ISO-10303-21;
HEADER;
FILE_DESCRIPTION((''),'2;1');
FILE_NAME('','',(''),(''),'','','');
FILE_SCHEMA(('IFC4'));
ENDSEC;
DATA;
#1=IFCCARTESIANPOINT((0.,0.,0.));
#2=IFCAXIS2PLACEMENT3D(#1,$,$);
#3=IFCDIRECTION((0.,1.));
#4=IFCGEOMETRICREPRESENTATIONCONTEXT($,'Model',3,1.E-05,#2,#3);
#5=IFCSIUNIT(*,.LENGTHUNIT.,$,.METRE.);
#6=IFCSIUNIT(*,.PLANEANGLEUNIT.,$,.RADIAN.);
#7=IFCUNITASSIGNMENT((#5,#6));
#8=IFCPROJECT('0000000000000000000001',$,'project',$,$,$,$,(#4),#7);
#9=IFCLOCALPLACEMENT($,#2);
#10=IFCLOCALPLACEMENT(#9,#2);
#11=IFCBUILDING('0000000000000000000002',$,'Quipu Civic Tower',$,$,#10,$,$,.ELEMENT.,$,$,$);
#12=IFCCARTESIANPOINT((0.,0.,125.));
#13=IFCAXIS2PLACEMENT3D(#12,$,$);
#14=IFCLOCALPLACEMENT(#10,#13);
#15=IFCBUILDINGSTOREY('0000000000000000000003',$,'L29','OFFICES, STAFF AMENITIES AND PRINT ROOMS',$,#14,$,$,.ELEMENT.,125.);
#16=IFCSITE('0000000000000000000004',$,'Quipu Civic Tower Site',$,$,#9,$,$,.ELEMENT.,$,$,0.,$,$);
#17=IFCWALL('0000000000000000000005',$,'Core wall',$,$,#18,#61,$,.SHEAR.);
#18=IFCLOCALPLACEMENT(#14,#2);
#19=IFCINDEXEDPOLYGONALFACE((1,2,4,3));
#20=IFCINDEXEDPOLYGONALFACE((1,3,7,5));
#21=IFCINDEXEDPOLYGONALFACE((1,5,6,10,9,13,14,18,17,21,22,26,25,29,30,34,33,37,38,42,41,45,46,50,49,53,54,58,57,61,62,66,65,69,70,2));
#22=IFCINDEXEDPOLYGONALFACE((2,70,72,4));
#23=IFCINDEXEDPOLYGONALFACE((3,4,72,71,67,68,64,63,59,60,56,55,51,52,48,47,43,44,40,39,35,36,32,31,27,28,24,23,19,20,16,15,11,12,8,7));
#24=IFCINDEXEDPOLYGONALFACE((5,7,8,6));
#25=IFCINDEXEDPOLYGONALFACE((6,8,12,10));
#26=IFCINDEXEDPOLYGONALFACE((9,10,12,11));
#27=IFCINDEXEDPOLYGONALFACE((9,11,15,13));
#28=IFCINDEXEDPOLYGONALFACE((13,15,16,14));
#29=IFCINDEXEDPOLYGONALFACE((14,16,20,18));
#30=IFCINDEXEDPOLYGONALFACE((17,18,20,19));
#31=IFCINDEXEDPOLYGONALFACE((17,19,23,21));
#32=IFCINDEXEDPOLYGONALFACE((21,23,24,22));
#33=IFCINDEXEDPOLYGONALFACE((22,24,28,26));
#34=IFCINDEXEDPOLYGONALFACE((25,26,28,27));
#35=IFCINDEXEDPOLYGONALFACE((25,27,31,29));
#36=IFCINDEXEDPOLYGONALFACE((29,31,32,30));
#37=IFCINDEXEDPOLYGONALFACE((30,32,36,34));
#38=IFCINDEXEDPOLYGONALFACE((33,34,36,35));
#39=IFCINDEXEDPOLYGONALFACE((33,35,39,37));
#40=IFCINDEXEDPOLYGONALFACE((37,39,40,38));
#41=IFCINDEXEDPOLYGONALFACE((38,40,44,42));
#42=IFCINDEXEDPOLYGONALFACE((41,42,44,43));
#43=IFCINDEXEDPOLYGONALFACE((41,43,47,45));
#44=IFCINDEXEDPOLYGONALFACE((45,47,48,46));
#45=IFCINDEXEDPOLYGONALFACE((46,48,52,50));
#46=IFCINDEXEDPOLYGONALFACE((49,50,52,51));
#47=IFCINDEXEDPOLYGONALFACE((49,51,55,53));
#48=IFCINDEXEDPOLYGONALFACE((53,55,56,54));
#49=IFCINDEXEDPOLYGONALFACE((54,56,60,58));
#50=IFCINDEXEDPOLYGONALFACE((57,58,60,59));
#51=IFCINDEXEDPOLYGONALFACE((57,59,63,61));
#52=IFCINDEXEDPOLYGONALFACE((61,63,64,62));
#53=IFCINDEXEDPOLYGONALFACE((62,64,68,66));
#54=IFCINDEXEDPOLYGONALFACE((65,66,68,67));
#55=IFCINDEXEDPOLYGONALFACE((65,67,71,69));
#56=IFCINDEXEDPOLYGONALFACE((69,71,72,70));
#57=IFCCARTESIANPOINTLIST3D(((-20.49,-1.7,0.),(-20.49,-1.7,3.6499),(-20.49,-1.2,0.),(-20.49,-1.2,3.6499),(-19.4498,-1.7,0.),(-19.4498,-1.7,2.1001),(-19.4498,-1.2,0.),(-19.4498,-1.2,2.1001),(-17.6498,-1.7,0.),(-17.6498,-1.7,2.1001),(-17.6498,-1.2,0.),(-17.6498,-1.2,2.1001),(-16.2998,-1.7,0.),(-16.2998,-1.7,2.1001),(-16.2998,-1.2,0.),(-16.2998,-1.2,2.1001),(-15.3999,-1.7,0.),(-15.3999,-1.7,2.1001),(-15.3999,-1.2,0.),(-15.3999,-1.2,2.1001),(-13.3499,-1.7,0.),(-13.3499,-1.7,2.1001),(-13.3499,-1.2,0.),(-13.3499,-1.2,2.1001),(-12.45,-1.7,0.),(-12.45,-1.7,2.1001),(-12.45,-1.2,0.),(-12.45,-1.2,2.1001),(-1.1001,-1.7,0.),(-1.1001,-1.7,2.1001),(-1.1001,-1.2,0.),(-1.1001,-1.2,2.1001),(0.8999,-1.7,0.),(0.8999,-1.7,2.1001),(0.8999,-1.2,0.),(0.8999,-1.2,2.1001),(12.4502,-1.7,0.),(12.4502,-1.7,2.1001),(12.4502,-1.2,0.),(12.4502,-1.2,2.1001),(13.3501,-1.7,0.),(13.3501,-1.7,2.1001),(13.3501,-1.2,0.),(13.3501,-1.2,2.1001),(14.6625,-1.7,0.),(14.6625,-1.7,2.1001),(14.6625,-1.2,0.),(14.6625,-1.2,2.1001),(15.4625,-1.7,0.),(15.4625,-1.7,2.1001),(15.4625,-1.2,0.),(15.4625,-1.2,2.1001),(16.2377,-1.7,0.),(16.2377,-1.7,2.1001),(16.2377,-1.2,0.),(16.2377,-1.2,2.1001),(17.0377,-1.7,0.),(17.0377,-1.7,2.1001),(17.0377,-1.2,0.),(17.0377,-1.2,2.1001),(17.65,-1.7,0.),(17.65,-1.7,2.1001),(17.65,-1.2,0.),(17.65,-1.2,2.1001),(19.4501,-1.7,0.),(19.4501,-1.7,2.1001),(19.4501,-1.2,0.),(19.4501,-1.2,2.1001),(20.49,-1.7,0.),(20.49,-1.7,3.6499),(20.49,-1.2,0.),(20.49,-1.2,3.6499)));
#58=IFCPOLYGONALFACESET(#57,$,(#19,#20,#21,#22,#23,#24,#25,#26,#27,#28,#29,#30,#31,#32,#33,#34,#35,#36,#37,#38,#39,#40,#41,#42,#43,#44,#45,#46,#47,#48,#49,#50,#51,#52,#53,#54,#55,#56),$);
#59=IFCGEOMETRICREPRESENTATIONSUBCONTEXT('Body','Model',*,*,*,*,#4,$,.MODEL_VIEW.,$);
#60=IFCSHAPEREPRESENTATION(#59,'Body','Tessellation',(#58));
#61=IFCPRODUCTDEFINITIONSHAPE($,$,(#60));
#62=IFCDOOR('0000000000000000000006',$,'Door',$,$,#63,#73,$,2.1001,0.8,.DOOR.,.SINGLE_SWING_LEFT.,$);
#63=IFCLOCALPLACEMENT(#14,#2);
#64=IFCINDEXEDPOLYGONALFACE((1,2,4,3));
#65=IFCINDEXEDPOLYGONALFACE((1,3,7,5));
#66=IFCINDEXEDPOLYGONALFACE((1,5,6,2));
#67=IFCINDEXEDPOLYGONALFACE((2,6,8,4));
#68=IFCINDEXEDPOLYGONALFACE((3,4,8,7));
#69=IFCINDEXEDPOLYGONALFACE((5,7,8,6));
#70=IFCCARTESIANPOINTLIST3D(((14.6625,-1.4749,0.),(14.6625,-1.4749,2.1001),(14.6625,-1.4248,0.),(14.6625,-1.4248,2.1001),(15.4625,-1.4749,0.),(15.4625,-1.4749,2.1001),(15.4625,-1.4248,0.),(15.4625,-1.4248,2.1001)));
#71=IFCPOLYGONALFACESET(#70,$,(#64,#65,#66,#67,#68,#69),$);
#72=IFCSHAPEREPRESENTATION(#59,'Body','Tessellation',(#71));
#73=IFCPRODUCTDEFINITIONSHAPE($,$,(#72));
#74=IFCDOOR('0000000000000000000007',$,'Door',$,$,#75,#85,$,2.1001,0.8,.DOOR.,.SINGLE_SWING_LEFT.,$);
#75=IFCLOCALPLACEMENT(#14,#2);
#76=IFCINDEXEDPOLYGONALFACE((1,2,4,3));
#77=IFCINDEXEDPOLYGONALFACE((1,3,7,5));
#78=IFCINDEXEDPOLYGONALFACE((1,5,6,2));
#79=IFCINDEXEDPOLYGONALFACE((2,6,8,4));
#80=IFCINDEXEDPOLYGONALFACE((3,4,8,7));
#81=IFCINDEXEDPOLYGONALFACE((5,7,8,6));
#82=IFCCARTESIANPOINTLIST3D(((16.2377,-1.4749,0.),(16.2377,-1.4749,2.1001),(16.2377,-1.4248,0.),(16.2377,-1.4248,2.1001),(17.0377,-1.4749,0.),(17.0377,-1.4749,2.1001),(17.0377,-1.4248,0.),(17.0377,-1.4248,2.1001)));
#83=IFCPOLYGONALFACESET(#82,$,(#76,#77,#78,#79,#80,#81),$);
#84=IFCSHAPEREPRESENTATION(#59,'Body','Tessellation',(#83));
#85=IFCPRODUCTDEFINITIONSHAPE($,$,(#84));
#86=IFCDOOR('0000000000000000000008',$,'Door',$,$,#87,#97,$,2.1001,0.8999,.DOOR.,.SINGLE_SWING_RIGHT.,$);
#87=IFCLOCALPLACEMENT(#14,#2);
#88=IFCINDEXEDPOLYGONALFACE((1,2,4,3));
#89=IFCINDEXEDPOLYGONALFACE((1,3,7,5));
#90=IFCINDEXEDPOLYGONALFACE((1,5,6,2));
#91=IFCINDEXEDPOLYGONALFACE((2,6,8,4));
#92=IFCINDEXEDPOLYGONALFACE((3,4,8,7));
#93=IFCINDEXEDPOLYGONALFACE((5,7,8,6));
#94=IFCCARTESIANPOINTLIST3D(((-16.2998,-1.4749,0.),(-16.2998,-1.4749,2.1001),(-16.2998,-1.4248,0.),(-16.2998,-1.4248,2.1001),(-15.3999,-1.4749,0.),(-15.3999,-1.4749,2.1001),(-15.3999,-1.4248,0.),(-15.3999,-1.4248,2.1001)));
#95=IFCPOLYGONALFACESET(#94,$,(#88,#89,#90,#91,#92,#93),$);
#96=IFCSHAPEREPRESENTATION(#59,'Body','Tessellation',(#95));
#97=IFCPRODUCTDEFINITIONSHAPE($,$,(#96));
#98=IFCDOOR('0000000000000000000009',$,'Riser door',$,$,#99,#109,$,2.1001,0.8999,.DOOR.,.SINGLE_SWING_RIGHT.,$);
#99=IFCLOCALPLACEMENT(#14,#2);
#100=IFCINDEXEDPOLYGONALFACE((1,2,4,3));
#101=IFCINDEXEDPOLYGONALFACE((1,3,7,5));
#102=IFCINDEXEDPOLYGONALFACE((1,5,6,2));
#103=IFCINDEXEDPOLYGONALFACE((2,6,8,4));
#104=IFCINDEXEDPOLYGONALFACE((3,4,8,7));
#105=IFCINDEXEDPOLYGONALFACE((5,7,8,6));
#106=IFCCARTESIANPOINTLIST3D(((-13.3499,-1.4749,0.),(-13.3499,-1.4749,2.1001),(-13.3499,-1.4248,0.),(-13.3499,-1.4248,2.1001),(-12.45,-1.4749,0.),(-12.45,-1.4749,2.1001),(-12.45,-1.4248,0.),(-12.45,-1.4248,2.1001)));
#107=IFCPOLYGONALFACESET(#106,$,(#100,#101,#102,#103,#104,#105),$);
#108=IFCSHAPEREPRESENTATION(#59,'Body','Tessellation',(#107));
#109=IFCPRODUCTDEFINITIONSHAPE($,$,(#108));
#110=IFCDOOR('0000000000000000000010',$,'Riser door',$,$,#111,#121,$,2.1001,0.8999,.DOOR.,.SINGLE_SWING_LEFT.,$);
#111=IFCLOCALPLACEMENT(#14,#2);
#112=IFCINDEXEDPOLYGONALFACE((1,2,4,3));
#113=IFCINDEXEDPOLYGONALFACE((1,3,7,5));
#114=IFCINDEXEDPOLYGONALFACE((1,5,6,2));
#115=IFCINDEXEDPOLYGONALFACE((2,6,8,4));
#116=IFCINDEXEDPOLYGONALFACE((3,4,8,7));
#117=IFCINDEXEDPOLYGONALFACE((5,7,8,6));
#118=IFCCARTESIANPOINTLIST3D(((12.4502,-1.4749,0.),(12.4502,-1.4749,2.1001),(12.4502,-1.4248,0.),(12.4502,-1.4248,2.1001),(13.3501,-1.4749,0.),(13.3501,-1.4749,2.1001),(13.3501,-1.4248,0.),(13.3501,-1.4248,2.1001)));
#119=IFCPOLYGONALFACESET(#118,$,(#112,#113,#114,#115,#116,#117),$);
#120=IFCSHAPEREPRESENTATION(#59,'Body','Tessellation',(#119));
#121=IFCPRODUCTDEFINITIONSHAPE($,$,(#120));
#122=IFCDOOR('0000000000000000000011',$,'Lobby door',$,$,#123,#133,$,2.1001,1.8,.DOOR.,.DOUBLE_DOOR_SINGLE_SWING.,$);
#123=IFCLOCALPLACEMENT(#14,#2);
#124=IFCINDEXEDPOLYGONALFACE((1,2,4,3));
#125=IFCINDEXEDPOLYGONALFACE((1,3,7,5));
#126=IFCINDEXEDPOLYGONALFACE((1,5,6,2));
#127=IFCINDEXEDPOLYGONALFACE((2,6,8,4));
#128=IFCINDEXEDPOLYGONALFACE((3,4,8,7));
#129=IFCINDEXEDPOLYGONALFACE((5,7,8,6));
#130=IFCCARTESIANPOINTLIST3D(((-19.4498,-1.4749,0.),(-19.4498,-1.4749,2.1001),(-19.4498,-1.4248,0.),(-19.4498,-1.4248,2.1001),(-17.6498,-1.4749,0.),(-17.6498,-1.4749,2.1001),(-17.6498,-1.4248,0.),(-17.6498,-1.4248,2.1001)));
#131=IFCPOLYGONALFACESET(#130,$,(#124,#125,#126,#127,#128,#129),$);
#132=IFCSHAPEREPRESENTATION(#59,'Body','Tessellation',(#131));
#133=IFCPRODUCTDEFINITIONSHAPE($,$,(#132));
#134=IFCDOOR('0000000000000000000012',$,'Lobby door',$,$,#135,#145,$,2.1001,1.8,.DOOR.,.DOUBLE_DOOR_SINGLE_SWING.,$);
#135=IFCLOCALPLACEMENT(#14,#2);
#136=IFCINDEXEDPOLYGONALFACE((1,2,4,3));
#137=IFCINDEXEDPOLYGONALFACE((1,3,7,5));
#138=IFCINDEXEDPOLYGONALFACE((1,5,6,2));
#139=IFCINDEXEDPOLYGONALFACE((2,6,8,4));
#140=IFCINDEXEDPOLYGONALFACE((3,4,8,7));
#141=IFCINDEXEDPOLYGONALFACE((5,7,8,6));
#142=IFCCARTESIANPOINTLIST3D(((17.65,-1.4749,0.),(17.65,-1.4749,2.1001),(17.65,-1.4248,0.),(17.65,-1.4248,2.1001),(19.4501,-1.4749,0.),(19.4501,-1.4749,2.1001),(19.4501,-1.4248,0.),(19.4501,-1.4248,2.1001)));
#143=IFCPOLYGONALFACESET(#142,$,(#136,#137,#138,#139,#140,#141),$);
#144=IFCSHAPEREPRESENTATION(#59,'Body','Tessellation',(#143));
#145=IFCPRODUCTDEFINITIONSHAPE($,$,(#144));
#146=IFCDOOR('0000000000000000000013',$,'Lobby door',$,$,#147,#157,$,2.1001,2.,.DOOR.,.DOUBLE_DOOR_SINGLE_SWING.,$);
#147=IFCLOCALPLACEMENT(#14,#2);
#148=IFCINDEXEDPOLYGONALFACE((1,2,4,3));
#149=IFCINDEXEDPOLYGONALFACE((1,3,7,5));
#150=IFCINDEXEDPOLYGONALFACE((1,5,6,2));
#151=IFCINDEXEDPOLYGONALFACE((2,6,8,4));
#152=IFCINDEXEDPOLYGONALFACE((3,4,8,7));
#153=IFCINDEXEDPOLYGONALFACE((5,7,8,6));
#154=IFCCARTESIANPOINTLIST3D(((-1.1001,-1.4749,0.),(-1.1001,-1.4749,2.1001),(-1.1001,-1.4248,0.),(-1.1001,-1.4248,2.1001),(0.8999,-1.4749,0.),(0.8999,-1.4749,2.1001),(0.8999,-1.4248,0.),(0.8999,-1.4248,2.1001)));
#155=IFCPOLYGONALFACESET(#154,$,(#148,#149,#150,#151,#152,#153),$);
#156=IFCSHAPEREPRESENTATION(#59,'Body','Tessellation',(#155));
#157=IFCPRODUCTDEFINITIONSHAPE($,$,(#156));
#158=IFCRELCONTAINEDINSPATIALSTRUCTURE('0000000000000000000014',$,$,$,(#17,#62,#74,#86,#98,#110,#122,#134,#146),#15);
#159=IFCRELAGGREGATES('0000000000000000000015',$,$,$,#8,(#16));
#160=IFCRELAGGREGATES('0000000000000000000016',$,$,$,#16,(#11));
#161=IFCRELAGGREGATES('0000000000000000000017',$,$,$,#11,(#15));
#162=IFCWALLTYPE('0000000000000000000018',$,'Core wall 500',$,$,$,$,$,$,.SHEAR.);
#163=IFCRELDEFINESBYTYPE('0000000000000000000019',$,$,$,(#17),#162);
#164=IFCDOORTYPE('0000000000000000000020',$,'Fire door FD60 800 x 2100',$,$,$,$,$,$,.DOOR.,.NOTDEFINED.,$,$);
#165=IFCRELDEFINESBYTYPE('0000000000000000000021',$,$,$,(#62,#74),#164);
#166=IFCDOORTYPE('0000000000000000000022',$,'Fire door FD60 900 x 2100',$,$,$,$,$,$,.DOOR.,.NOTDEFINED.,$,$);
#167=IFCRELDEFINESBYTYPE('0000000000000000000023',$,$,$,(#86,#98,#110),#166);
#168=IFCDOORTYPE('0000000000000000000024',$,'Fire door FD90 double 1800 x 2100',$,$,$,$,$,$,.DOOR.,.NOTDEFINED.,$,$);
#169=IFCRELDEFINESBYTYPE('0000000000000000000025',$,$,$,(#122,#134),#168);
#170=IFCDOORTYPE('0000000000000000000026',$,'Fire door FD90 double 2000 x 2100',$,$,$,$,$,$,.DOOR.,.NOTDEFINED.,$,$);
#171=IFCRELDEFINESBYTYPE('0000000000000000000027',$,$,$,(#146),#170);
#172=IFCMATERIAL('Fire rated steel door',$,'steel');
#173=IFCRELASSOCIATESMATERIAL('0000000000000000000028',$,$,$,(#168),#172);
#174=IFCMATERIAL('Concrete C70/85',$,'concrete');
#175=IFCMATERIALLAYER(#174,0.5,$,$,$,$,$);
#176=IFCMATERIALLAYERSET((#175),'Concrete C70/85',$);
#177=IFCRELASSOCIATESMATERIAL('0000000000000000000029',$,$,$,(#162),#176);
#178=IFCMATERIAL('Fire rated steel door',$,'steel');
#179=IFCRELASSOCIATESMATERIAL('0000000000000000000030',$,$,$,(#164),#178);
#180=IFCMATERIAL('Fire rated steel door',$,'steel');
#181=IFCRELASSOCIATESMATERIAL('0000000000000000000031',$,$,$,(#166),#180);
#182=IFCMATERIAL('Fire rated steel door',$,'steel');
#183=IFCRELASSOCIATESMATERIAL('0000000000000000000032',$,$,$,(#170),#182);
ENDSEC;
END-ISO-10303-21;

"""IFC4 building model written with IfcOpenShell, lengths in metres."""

from ifc_helpers import new_model, si_unit, direction, frame, frame_2d, origin, place, context, subcontext, project, spatial, rectangle, extrude, material, layer, layer_set, type_object, element, fill, save


model = new_model("IFC4")

# Units and contexts
model_context = context("Model", 3, precision=1e-05, world=origin(), true_north=direction((0.0, 1.0)))
body_context = subcontext(model_context, "Body", "Model", "MODEL_VIEW")
ifc_project = project(units=[si_unit("LENGTHUNIT", "METRE"), si_unit("PLANEANGLEUNIT", "RADIAN")], contexts=[model_context])

# Site, building, storey
site_placement = place(None, origin())
site = spatial("IfcSite", under=ifc_project, at=site_placement, Name="Quipu Civic Tower Site", CompositionType="ELEMENT", RefElevation=0.0)
building_placement = place(site_placement, origin())
building = spatial("IfcBuilding", under=site, at=building_placement, Name="Quipu Civic Tower", CompositionType="ELEMENT")
storey_placement = place(building_placement, frame((0.0, 0.0, 125.0)))
storey = spatial("IfcBuildingStorey", under=building, at=storey_placement, Name="L29", Description="OFFICES, STAFF AMENITIES AND PRINT ROOMS", CompositionType="ELEMENT", Elevation=125.0)

# Shared definitions
ifc_material_1 = material(Name="Fire rated steel door", Category="steel")
door_type_1 = type_object("IfcDoorType", Name="Fire door FD90 double 1800 x 2100", OperationType="NOTDEFINED", PredefinedType="DOOR", material=ifc_material_1)

# Shared definitions
ifc_material_2 = material(Name="Concrete C70/85", Category="concrete")
ifc_layer_1 = layer(ifc_material_2, 0.5)
ifc_layer_set_1 = layer_set([ifc_layer_1], Name="Concrete C70/85")
wall_type_1 = type_object("IfcWallType", Name="Core wall 500", PredefinedType="SHEAR", material=ifc_layer_set_1)

# Wall, openings, doors
wall_1_placement = place(storey_placement, frame((20.49, -1.45, 0.0), z_axis=(0.0, 0.0, 1.0), x_axis=(-1.0, 0.0, 0.0)))
wall_1 = element("IfcWall", 1, at=wall_1_placement, inside=storey, type_object=wall_type_1, Name="Core wall", PredefinedType="SHEAR", context=body_context, shape_type="SweptSolid", body=[
    extrude(rectangle(XDim=40.98, YDim=0.5, at=frame_2d((20.49, 0.0))), origin(), (0.0, 0.0, 1.0), 3.6499),
])
opening_1_placement = place(wall_1_placement, frame((38.1399, 0.0, 0.0)))
opening_1 = element("IfcOpeningElement", 2, at=opening_1_placement, cuts=wall_1, PredefinedType="OPENING", context=body_context, shape_type="SweptSolid", body=[
    extrude(rectangle(XDim=1.8, YDim=2.1001, at=frame_2d((0.8999, 1.05))), frame((0.0, 0.26, 0.0), z_axis=(0.0, -1.0, 0.0), x_axis=(1.0, 0.0, 0.0)), (0.0, 0.0, 1.0), 0.52),
])
opening_2_placement = place(wall_1_placement, frame((35.8899, 0.0, 0.0)))
opening_2 = element("IfcOpeningElement", 3, at=opening_2_placement, cuts=wall_1, PredefinedType="OPENING", context=body_context, shape_type="SweptSolid", body=[
    extrude(rectangle(XDim=0.8999, YDim=2.1001, at=frame_2d((0.45, 1.05))), frame((0.0, 0.26, 0.0), z_axis=(0.0, -1.0, 0.0), x_axis=(1.0, 0.0, 0.0)), (0.0, 0.0, 1.0), 0.52),
])
opening_3_placement = place(wall_1_placement, frame((32.9399, 0.0, 0.0)))
opening_3 = element("IfcOpeningElement", 4, at=opening_3_placement, cuts=wall_1, PredefinedType="OPENING", context=body_context, shape_type="SweptSolid", body=[
    extrude(rectangle(XDim=0.8999, YDim=2.1001, at=frame_2d((0.45, 1.05))), frame((0.0, 0.26, 0.0), z_axis=(0.0, -1.0, 0.0), x_axis=(1.0, 0.0, 0.0)), (0.0, 0.0, 1.0), 0.52),
])
opening_4_placement = place(wall_1_placement, frame((19.5901, 0.0, 0.0)))
opening_4 = element("IfcOpeningElement", 5, at=opening_4_placement, cuts=wall_1, PredefinedType="OPENING", context=body_context, shape_type="SweptSolid", body=[
    extrude(rectangle(XDim=2.0, YDim=2.1001, at=frame_2d((1.0, 1.05))), frame((0.0, 0.26, 0.0), z_axis=(0.0, -1.0, 0.0), x_axis=(1.0, 0.0, 0.0)), (0.0, 0.0, 1.0), 0.52),
])
opening_5_placement = place(wall_1_placement, frame((7.1399, 0.0, 0.0)))
opening_5 = element("IfcOpeningElement", 6, at=opening_5_placement, cuts=wall_1, PredefinedType="OPENING", context=body_context, shape_type="SweptSolid", body=[
    extrude(rectangle(XDim=0.8999, YDim=2.1001, at=frame_2d((0.45, 1.05))), frame((0.0, 0.26, 0.0), z_axis=(0.0, -1.0, 0.0), x_axis=(1.0, 0.0, 0.0)), (0.0, 0.0, 1.0), 0.52),
])
opening_6_placement = place(wall_1_placement, frame((5.0276, 0.0, 0.0)))
opening_6 = element("IfcOpeningElement", 7, at=opening_6_placement, cuts=wall_1, PredefinedType="OPENING", context=body_context, shape_type="SweptSolid", body=[
    extrude(rectangle(XDim=0.8, YDim=2.1001, at=frame_2d((0.3999, 1.05))), frame((0.0, 0.26, 0.0), z_axis=(0.0, -1.0, 0.0), x_axis=(1.0, 0.0, 0.0)), (0.0, 0.0, 1.0), 0.52),
])
opening_7_placement = place(wall_1_placement, frame((3.4524, 0.0, 0.0)))
opening_7 = element("IfcOpeningElement", 8, at=opening_7_placement, cuts=wall_1, PredefinedType="OPENING", context=body_context, shape_type="SweptSolid", body=[
    extrude(rectangle(XDim=0.8, YDim=2.1001, at=frame_2d((0.3999, 1.05))), frame((0.0, 0.26, 0.0), z_axis=(0.0, -1.0, 0.0), x_axis=(1.0, 0.0, 0.0)), (0.0, 0.0, 1.0), 0.52),
])
opening_8_placement = place(wall_1_placement, frame((1.04, 0.0, 0.0)))
opening_8 = element("IfcOpeningElement", 9, at=opening_8_placement, cuts=wall_1, PredefinedType="OPENING", context=body_context, shape_type="SweptSolid", body=[
    extrude(rectangle(XDim=1.8, YDim=2.1001, at=frame_2d((0.8999, 1.05))), frame((0.0, 0.26, 0.0), z_axis=(0.0, -1.0, 0.0), x_axis=(1.0, 0.0, 0.0)), (0.0, 0.0, 1.0), 0.52),
])
ifc_material_3 = material(Name="Fire rated steel door", Category="steel")
door_type_2 = type_object("IfcDoorType", Name="Fire door FD60 800 x 2100", OperationType="NOTDEFINED", PredefinedType="DOOR", material=ifc_material_3)
door_1_placement = place(opening_6_placement, origin())
door_1 = element("IfcDoor", 10, at=door_1_placement, inside=storey, type_object=door_type_2, Name="Door", OperationType="SINGLE_SWING_LEFT", OverallHeight=2.1001, OverallWidth=0.8, PredefinedType="DOOR", context=body_context, shape_type="SweptSolid", body=[
    extrude(rectangle(XDim=0.8, YDim=2.1001, at=frame_2d((0.3999, 1.05))), frame((0.0, 0.0249, 0.0), z_axis=(0.0, -1.0, 0.0), x_axis=(1.0, 0.0, 0.0)), (0.0, 0.0, 1.0), 0.05),
])
fill(opening_6, door_1)
door_2_placement = place(opening_7_placement, origin())
door_2 = element("IfcDoor", 11, at=door_2_placement, inside=storey, type_object=door_type_2, Name="Door", OperationType="SINGLE_SWING_LEFT", OverallHeight=2.1001, OverallWidth=0.8, PredefinedType="DOOR", context=body_context, shape_type="SweptSolid", body=[
    extrude(rectangle(XDim=0.8, YDim=2.1001, at=frame_2d((0.3999, 1.05))), frame((0.0, 0.0249, 0.0), z_axis=(0.0, -1.0, 0.0), x_axis=(1.0, 0.0, 0.0)), (0.0, 0.0, 1.0), 0.05),
])
fill(opening_7, door_2)
ifc_material_4 = material(Name="Fire rated steel door", Category="steel")
door_type_3 = type_object("IfcDoorType", Name="Fire door FD60 900 x 2100", OperationType="NOTDEFINED", PredefinedType="DOOR", material=ifc_material_4)
door_3_placement = place(opening_2_placement, origin())
door_3 = element("IfcDoor", 12, at=door_3_placement, inside=storey, type_object=door_type_3, Name="Door", OperationType="SINGLE_SWING_RIGHT", OverallHeight=2.1001, OverallWidth=0.8999, PredefinedType="DOOR", context=body_context, shape_type="SweptSolid", body=[
    extrude(rectangle(XDim=0.8999, YDim=2.1001, at=frame_2d((0.45, 1.05))), frame((0.0, 0.0249, 0.0), z_axis=(0.0, -1.0, 0.0), x_axis=(1.0, 0.0, 0.0)), (0.0, 0.0, 1.0), 0.05),
])
fill(opening_2, door_3)
door_4_placement = place(opening_3_placement, origin())
door_4 = element("IfcDoor", 13, at=door_4_placement, inside=storey, type_object=door_type_3, Name="Riser door", OperationType="SINGLE_SWING_RIGHT", OverallHeight=2.1001, OverallWidth=0.8999, PredefinedType="DOOR", context=body_context, shape_type="SweptSolid", body=[
    extrude(rectangle(XDim=0.8999, YDim=2.1001, at=frame_2d((0.45, 1.05))), frame((0.0, 0.0249, 0.0), z_axis=(0.0, -1.0, 0.0), x_axis=(1.0, 0.0, 0.0)), (0.0, 0.0, 1.0), 0.05),
])
fill(opening_3, door_4)
door_5_placement = place(opening_5_placement, origin())
door_5 = element("IfcDoor", 14, at=door_5_placement, inside=storey, type_object=door_type_3, Name="Riser door", OperationType="SINGLE_SWING_LEFT", OverallHeight=2.1001, OverallWidth=0.8999, PredefinedType="DOOR", context=body_context, shape_type="SweptSolid", body=[
    extrude(rectangle(XDim=0.8999, YDim=2.1001, at=frame_2d((0.45, 1.05))), frame((0.0, 0.0249, 0.0), z_axis=(0.0, -1.0, 0.0), x_axis=(1.0, 0.0, 0.0)), (0.0, 0.0, 1.0), 0.05),
])
fill(opening_5, door_5)
door_6_placement = place(opening_1_placement, origin())
door_6 = element("IfcDoor", 15, at=door_6_placement, inside=storey, type_object=door_type_1, Name="Lobby door", OperationType="DOUBLE_DOOR_SINGLE_SWING", OverallHeight=2.1001, OverallWidth=1.8, PredefinedType="DOOR", context=body_context, shape_type="SweptSolid", body=[
    extrude(rectangle(XDim=1.8, YDim=2.1001, at=frame_2d((0.8999, 1.05))), frame((0.0, 0.0249, 0.0), z_axis=(0.0, -1.0, 0.0), x_axis=(1.0, 0.0, 0.0)), (0.0, 0.0, 1.0), 0.05),
])
fill(opening_1, door_6)
door_7_placement = place(opening_8_placement, origin())
door_7 = element("IfcDoor", 16, at=door_7_placement, inside=storey, type_object=door_type_1, Name="Lobby door", OperationType="DOUBLE_DOOR_SINGLE_SWING", OverallHeight=2.1001, OverallWidth=1.8, PredefinedType="DOOR", context=body_context, shape_type="SweptSolid", body=[
    extrude(rectangle(XDim=1.8, YDim=2.1001, at=frame_2d((0.8999, 1.05))), frame((0.0, 0.0249, 0.0), z_axis=(0.0, -1.0, 0.0), x_axis=(1.0, 0.0, 0.0)), (0.0, 0.0, 1.0), 0.05),
])
fill(opening_8, door_7)
ifc_material_5 = material(Name="Fire rated steel door", Category="steel")
door_type_4 = type_object("IfcDoorType", Name="Fire door FD90 double 2000 x 2100", OperationType="NOTDEFINED", PredefinedType="DOOR", material=ifc_material_5)
door_8_placement = place(opening_4_placement, origin())
door_8 = element("IfcDoor", 17, at=door_8_placement, inside=storey, type_object=door_type_4, Name="Lobby door", OperationType="DOUBLE_DOOR_SINGLE_SWING", OverallHeight=2.1001, OverallWidth=2.0, PredefinedType="DOOR", context=body_context, shape_type="SweptSolid", body=[
    extrude(rectangle(XDim=2.0, YDim=2.1001, at=frame_2d((1.0, 1.05))), frame((0.0, 0.0249, 0.0), z_axis=(0.0, -1.0, 0.0), x_axis=(1.0, 0.0, 0.0)), (0.0, 0.0, 1.0), 0.05),
])
fill(opening_4, door_8)

save(model, "model.ifc")
